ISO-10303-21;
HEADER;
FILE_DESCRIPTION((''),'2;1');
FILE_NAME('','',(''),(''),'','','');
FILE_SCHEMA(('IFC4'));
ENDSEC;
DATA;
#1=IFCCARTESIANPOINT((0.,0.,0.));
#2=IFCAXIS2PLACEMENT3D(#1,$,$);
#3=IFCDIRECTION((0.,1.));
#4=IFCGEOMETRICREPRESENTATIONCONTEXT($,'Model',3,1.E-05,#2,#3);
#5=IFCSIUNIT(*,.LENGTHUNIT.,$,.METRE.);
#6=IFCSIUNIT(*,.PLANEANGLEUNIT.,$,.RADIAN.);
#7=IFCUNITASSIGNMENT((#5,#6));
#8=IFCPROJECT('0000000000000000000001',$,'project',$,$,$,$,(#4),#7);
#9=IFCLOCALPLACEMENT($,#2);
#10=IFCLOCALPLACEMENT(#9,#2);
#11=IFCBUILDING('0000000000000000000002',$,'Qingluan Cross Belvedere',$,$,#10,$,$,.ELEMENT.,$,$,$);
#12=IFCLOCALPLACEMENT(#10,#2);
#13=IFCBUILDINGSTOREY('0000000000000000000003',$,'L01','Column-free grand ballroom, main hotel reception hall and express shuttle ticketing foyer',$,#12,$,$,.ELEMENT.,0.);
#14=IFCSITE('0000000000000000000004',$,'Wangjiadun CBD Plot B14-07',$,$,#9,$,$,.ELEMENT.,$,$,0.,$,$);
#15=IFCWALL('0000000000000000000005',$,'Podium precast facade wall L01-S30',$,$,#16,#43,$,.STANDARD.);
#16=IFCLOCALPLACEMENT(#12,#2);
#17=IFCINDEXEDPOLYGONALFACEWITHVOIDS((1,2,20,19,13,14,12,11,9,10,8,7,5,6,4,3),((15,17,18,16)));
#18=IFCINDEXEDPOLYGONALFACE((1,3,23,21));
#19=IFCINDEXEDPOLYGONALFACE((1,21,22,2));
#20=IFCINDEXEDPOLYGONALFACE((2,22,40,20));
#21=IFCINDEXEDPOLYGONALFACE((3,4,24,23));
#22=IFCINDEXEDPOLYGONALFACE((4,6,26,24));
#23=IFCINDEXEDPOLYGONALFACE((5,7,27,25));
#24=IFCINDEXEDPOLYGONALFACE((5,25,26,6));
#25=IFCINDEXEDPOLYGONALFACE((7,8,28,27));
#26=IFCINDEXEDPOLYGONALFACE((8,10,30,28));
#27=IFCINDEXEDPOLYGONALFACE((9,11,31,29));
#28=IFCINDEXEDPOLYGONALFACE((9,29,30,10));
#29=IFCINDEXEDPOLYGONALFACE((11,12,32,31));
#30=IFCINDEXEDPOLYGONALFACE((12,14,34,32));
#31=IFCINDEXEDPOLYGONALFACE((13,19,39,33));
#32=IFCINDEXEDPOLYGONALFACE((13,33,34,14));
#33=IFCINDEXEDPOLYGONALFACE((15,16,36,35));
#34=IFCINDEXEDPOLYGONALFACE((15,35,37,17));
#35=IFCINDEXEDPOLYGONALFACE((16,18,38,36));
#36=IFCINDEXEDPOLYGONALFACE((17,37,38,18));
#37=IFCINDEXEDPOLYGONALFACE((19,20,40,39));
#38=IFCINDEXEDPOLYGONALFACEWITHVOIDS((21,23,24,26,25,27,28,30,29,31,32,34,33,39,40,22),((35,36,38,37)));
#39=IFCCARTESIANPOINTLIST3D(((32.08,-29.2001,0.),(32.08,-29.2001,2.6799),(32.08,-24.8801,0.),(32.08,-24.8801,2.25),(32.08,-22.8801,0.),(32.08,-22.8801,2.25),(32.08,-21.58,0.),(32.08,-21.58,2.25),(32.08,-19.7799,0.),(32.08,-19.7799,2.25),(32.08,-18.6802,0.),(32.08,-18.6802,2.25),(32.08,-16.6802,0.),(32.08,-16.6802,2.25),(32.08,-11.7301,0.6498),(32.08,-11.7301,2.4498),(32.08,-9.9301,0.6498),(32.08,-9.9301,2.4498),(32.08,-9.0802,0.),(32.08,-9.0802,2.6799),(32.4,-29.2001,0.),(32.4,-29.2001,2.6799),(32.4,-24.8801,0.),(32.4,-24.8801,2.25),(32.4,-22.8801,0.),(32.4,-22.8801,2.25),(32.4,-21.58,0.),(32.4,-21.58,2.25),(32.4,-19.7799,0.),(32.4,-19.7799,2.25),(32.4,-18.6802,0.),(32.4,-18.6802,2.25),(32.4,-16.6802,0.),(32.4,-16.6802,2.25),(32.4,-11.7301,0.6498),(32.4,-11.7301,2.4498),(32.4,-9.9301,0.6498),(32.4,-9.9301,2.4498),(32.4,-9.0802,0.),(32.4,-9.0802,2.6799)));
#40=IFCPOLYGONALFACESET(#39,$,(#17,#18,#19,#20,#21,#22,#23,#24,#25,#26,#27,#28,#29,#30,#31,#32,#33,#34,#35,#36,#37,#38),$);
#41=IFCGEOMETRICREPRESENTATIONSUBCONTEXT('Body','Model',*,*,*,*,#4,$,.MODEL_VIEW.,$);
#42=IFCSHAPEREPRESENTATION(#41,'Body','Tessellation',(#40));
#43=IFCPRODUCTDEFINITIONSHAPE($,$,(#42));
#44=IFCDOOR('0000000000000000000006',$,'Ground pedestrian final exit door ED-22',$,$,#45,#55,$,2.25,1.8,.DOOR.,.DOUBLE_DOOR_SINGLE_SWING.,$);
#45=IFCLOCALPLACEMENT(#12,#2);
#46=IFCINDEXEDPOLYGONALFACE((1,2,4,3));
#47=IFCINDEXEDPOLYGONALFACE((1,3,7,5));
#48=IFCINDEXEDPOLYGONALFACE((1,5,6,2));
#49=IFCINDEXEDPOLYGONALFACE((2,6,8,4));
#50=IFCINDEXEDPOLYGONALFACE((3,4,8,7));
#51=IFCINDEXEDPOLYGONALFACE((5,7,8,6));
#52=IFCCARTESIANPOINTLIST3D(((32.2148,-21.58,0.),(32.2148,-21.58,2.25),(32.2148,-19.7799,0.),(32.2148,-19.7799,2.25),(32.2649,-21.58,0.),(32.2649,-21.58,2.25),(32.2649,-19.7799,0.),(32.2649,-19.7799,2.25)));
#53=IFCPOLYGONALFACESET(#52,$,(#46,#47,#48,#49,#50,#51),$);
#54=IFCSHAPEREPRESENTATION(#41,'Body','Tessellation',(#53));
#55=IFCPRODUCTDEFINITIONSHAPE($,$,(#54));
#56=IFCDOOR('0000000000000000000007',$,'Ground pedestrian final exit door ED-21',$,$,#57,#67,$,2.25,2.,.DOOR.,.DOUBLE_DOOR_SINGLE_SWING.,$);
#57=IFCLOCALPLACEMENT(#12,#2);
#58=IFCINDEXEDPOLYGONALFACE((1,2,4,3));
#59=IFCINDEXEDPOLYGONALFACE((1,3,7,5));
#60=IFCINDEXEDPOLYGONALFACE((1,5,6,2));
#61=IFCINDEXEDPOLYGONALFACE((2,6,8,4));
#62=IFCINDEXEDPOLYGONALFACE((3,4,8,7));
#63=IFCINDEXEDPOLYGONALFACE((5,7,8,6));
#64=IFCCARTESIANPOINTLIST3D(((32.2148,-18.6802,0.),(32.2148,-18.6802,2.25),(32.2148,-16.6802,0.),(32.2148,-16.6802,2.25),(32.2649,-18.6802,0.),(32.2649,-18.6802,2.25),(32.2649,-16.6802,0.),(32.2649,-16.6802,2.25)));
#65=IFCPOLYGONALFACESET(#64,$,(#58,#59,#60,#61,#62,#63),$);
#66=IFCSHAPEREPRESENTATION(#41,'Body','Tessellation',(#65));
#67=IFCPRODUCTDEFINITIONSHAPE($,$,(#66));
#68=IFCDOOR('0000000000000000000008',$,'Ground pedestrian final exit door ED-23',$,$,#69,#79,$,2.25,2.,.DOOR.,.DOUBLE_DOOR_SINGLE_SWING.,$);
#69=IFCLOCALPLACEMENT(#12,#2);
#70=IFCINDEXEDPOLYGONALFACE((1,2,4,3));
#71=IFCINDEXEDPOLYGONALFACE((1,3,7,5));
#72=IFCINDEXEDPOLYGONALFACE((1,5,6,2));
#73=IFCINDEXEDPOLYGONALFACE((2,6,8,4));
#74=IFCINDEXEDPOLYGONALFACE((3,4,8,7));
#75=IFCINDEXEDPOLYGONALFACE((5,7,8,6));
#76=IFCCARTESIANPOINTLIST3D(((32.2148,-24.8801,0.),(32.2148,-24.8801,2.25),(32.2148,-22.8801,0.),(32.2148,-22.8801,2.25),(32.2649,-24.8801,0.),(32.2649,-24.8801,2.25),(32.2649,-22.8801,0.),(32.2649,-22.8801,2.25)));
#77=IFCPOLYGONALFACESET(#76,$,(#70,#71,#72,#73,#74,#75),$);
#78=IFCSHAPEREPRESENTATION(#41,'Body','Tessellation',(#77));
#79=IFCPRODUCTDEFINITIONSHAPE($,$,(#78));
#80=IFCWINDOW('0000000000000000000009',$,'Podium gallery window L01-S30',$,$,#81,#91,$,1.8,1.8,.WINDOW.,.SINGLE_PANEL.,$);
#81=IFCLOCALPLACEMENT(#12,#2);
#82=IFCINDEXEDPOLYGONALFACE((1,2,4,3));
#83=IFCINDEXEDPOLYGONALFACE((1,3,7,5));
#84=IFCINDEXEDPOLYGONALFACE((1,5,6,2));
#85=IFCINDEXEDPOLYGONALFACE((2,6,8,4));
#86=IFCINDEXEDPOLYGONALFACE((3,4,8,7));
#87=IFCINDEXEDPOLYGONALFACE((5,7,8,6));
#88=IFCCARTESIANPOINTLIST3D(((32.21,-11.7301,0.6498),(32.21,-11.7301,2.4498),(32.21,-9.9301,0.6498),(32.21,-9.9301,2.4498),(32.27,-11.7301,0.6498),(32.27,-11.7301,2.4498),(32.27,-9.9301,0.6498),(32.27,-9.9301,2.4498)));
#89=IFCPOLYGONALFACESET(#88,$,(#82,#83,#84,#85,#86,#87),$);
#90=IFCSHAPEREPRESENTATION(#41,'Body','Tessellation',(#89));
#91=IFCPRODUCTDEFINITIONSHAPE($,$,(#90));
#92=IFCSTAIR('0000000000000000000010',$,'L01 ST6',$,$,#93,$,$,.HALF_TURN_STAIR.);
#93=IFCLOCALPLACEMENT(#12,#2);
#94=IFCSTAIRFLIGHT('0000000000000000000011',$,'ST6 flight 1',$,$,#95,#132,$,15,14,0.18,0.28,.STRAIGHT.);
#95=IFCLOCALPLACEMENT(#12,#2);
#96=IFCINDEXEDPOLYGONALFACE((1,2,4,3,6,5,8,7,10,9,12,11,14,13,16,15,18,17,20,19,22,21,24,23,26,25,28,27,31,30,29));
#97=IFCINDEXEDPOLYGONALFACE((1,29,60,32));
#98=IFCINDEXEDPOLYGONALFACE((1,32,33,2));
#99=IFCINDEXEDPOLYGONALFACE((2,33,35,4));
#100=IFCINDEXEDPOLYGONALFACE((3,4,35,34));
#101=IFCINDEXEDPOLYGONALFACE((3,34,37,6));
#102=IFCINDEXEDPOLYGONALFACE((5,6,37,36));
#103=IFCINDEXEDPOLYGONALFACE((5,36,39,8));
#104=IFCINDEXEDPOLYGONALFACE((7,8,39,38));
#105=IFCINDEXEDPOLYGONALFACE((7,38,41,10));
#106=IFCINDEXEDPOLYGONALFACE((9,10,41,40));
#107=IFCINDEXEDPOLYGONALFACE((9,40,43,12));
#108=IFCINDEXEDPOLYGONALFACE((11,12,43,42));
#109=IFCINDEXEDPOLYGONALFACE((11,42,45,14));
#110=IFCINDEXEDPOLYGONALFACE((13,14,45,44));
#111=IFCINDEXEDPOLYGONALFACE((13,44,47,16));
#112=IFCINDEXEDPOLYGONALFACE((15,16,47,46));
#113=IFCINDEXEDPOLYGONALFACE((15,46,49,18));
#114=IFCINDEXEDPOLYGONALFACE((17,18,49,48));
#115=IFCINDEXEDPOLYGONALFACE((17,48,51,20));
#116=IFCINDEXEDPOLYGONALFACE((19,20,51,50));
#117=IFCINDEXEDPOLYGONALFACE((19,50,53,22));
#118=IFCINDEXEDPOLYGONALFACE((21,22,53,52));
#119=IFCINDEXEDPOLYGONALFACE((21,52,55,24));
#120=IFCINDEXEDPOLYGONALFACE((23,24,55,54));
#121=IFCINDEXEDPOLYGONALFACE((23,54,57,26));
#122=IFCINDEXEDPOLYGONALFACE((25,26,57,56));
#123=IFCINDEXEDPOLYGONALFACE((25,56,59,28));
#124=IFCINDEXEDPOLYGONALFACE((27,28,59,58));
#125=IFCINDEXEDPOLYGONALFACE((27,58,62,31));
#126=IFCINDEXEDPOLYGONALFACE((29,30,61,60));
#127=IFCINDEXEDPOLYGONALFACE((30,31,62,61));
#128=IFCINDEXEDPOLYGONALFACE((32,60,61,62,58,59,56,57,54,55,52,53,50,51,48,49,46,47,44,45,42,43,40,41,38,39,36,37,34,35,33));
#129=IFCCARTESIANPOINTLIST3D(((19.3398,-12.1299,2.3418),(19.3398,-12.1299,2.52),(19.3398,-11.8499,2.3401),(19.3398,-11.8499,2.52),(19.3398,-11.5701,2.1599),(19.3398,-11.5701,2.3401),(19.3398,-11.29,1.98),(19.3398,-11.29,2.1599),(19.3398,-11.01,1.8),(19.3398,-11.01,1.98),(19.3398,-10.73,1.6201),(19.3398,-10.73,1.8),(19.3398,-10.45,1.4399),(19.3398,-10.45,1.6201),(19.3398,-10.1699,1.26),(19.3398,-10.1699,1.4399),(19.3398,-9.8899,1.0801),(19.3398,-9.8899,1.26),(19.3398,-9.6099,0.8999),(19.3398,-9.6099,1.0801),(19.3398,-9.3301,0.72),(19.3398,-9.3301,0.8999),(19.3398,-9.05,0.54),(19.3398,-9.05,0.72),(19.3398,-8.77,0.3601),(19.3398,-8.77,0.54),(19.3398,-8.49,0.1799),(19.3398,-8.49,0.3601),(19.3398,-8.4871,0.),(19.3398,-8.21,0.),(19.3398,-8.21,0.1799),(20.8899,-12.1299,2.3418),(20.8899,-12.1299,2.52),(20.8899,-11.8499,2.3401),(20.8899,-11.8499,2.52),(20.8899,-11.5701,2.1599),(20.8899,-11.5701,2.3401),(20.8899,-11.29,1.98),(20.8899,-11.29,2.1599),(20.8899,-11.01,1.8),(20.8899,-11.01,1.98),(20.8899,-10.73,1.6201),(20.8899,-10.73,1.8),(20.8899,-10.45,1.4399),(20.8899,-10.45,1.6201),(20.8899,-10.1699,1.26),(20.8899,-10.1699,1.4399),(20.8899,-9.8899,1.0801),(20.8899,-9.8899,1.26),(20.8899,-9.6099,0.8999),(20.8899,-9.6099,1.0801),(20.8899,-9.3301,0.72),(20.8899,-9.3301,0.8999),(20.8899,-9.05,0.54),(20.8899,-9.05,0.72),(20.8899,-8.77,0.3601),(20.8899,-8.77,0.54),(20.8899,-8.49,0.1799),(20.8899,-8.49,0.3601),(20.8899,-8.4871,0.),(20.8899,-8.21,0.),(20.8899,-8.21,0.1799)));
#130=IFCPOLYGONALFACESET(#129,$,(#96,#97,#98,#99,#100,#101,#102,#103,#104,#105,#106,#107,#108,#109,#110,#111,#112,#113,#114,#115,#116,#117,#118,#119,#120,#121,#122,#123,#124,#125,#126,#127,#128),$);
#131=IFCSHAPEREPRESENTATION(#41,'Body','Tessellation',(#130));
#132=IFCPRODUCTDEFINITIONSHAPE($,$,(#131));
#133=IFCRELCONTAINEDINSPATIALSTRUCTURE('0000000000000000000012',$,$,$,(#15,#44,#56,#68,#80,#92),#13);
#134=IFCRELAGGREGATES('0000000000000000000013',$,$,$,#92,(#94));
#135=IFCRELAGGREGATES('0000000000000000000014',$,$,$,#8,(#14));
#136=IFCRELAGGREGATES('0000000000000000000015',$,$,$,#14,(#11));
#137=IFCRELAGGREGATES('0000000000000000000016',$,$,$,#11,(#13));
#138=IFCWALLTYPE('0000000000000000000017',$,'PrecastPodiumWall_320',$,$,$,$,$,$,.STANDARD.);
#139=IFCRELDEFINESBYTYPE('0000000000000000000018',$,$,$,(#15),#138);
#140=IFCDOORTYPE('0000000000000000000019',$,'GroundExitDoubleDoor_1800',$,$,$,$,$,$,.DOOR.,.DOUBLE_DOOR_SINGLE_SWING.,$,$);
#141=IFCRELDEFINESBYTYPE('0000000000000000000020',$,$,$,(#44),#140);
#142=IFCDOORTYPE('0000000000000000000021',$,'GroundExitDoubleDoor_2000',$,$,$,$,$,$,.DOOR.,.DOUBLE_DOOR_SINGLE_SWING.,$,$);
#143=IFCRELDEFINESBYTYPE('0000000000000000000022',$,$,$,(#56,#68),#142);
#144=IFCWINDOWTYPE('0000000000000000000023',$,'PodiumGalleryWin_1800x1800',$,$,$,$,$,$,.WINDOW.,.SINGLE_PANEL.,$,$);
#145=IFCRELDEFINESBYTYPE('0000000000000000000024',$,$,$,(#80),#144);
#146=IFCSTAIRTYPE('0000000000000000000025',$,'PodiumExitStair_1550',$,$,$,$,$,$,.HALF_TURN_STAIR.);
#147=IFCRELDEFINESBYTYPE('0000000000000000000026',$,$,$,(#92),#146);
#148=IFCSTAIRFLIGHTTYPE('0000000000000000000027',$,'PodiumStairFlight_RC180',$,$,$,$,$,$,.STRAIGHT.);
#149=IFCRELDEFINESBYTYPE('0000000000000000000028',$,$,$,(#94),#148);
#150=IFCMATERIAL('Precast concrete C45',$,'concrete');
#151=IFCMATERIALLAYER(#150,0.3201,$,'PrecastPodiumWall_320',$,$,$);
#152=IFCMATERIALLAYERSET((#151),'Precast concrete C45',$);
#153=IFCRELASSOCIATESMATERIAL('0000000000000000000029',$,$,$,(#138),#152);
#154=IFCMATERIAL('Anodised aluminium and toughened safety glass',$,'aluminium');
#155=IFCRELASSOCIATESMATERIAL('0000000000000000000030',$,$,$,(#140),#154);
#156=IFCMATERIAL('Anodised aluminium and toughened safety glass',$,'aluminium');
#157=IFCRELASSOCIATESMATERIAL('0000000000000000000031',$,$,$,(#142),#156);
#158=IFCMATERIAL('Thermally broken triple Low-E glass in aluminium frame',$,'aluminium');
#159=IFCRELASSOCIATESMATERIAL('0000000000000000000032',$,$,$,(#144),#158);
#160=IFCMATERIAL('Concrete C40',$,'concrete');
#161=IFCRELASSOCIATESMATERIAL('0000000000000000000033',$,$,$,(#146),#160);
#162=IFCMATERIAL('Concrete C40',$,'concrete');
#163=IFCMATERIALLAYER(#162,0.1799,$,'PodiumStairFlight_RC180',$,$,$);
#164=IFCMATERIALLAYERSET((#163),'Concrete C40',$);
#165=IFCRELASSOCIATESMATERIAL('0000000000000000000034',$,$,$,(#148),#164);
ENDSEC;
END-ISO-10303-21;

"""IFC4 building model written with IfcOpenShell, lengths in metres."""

from ifc_helpers import new_model, si_unit, direction, frame, frame_2d, origin, place, context, subcontext, project, spatial, polyline, rectangle, outline, extrude, material, layer, layer_set, type_object, element, fill, aggregate, save


model = new_model("IFC4")

# Units and contexts
model_context = context("Model", 3, precision=1e-05, world=origin(), true_north=direction((0.0, 1.0)))
body_context = subcontext(model_context, "Body", "Model", "MODEL_VIEW")
ifc_project = project(units=[si_unit("LENGTHUNIT", "METRE"), si_unit("PLANEANGLEUNIT", "RADIAN")], contexts=[model_context])

# Site, building, storey
site_placement = place(None, origin())
site = spatial("IfcSite", under=ifc_project, at=site_placement, Name="Wangjiadun CBD Plot B14-07", CompositionType="ELEMENT", RefElevation=0.0)
building_placement = place(site_placement, origin())
building = spatial("IfcBuilding", under=site, at=building_placement, Name="Qingluan Cross Belvedere", CompositionType="ELEMENT")
storey_placement = place(building_placement, origin())
storey = spatial("IfcBuildingStorey", under=building, at=storey_placement, Name="L01", Description="Column-free grand ballroom, main hotel reception hall and express shuttle ticketing foyer", CompositionType="ELEMENT", Elevation=0.0)

# Wall, openings, doors, window
ifc_material_1 = material(Name="Precast concrete C45", Category="concrete")
ifc_layer_1 = layer(ifc_material_1, 0.3201, Name="PrecastPodiumWall_320")
ifc_layer_set_1 = layer_set([ifc_layer_1], Name="Precast concrete C45")
wall_type_1 = type_object("IfcWallType", Name="PrecastPodiumWall_320", PredefinedType="STANDARD", material=ifc_layer_set_1)
wall_1_placement = place(storey_placement, frame((32.24, -9.0801, 0.0), z_axis=(0.0, 0.0, 1.0), x_axis=(0.0, -1.0, 0.0)))
wall_1 = element("IfcWall", 1, at=wall_1_placement, inside=storey, type_object=wall_type_1, Name="Podium precast facade wall L01-S30", PredefinedType="STANDARD", context=body_context, shape_type="SweptSolid", body=[
    extrude(rectangle(XDim=20.1199, YDim=0.3201, at=frame_2d((10.0601, 0.0))), origin(), (0.0, 0.0, 1.0), 2.6799),
])
opening_1_placement = place(wall_1_placement, frame((7.6001, 0.0, 0.0)))
opening_1 = element("IfcOpeningElement", 2, at=opening_1_placement, cuts=wall_1, PredefinedType="OPENING", context=body_context, shape_type="SweptSolid", body=[
    extrude(rectangle(XDim=2.0, YDim=2.25, at=frame_2d((1.0, 1.125))), frame((0.0, 0.1699, 0.0), z_axis=(0.0, -1.0, 0.0), x_axis=(1.0, 0.0, 0.0)), (0.0, 0.0, 1.0), 0.3401),
])
opening_2_placement = place(wall_1_placement, frame((10.7, 0.0, 0.0)))
opening_2 = element("IfcOpeningElement", 3, at=opening_2_placement, cuts=wall_1, PredefinedType="OPENING", context=body_context, shape_type="SweptSolid", body=[
    extrude(rectangle(XDim=1.8, YDim=2.25, at=frame_2d((0.8999, 1.125))), frame((0.0, 0.1699, 0.0), z_axis=(0.0, -1.0, 0.0), x_axis=(1.0, 0.0, 0.0)), (0.0, 0.0, 1.0), 0.3401),
])
opening_3_placement = place(wall_1_placement, frame((13.8, 0.0, 0.0)))
opening_3 = element("IfcOpeningElement", 4, at=opening_3_placement, cuts=wall_1, PredefinedType="OPENING", context=body_context, shape_type="SweptSolid", body=[
    extrude(rectangle(XDim=2.0, YDim=2.25, at=frame_2d((1.0, 1.125))), frame((0.0, 0.1699, 0.0), z_axis=(0.0, -1.0, 0.0), x_axis=(1.0, 0.0, 0.0)), (0.0, 0.0, 1.0), 0.3401),
])
opening_4_placement = place(wall_1_placement, frame((0.8501, 0.0, 0.6499)))
opening_4 = element("IfcOpeningElement", 5, at=opening_4_placement, cuts=wall_1, PredefinedType="OPENING", context=body_context, shape_type="SweptSolid", body=[
    extrude(rectangle(XDim=1.8, YDim=1.8, at=frame_2d((0.8999, 0.8999))), frame((0.0, 0.1699, 0.0), z_axis=(0.0, -1.0, 0.0), x_axis=(1.0, 0.0, 0.0)), (0.0, 0.0, 1.0), 0.3401),
])
ifc_material_2 = material(Name="Anodised aluminium and toughened safety glass", Category="aluminium")
door_type_1 = type_object("IfcDoorType", Name="GroundExitDoubleDoor_1800", OperationType="DOUBLE_DOOR_SINGLE_SWING", PredefinedType="DOOR", material=ifc_material_2)
door_1_placement = place(opening_2_placement, origin())
door_1 = element("IfcDoor", 6, at=door_1_placement, inside=storey, type_object=door_type_1, Name="Ground pedestrian final exit door ED-22", OperationType="DOUBLE_DOOR_SINGLE_SWING", OverallHeight=2.25, OverallWidth=1.8, PredefinedType="DOOR", context=body_context, shape_type="SweptSolid", body=[
    extrude(rectangle(XDim=1.8, YDim=2.25, at=frame_2d((0.8999, 1.125))), frame((0.0, 0.0249, 0.0), z_axis=(0.0, -1.0, 0.0), x_axis=(1.0, 0.0, 0.0)), (0.0, 0.0, 1.0), 0.05),
])
fill(opening_2, door_1)
ifc_material_3 = material(Name="Anodised aluminium and toughened safety glass", Category="aluminium")
door_type_2 = type_object("IfcDoorType", Name="GroundExitDoubleDoor_2000", OperationType="DOUBLE_DOOR_SINGLE_SWING", PredefinedType="DOOR", material=ifc_material_3)
door_2_placement = place(opening_1_placement, origin())
door_2 = element("IfcDoor", 7, at=door_2_placement, inside=storey, type_object=door_type_2, Name="Ground pedestrian final exit door ED-21", OperationType="DOUBLE_DOOR_SINGLE_SWING", OverallHeight=2.25, OverallWidth=2.0, PredefinedType="DOOR", context=body_context, shape_type="SweptSolid", body=[
    extrude(rectangle(XDim=2.0, YDim=2.25, at=frame_2d((1.0, 1.125))), frame((0.0, 0.0249, 0.0), z_axis=(0.0, -1.0, 0.0), x_axis=(1.0, 0.0, 0.0)), (0.0, 0.0, 1.0), 0.05),
])
fill(opening_1, door_2)
door_3_placement = place(opening_3_placement, origin())
door_3 = element("IfcDoor", 8, at=door_3_placement, inside=storey, type_object=door_type_2, Name="Ground pedestrian final exit door ED-23", OperationType="DOUBLE_DOOR_SINGLE_SWING", OverallHeight=2.25, OverallWidth=2.0, PredefinedType="DOOR", context=body_context, shape_type="SweptSolid", body=[
    extrude(rectangle(XDim=2.0, YDim=2.25, at=frame_2d((1.0, 1.125))), frame((0.0, 0.0249, 0.0), z_axis=(0.0, -1.0, 0.0), x_axis=(1.0, 0.0, 0.0)), (0.0, 0.0, 1.0), 0.05),
])
fill(opening_3, door_3)
ifc_material_4 = material(Name="Thermally broken triple Low-E glass in aluminium frame", Category="aluminium")
window_type = type_object("IfcWindowType", Name="PodiumGalleryWin_1800x1800", PartitioningType="SINGLE_PANEL", PredefinedType="WINDOW", material=ifc_material_4)
window_placement = place(opening_4_placement, origin())
window = element("IfcWindow", 9, at=window_placement, inside=storey, type_object=window_type, Name="Podium gallery window L01-S30", OverallHeight=1.8, OverallWidth=1.8, PartitioningType="SINGLE_PANEL", PredefinedType="WINDOW", context=body_context, shape_type="SweptSolid", body=[
    extrude(rectangle(XDim=1.8, YDim=1.8, at=frame_2d((0.8999, 0.8999))), frame((0.0, 0.03, 0.0), z_axis=(0.0, -1.0, 0.0), x_axis=(1.0, 0.0, 0.0)), (0.0, 0.0, 1.0), 0.0601),
])
fill(opening_4, window)

# Stair, stair flight
ifc_material_5 = material(Name="Concrete C40", Category="concrete")
stair_type = type_object("IfcStairType", Name="PodiumExitStair_1550", PredefinedType="HALF_TURN_STAIR", material=ifc_material_5)
stair_placement = place(storey_placement, origin())
stair = element("IfcStair", 10, at=stair_placement, inside=storey, type_object=stair_type, Name="L01 ST6", PredefinedType="HALF_TURN_STAIR")
ifc_material_6 = material(Name="Concrete C40", Category="concrete")
ifc_layer_2 = layer(ifc_material_6, 0.1799, Name="PodiumStairFlight_RC180")
ifc_layer_set_2 = layer_set([ifc_layer_2], Name="Concrete C40")
stair_flight_type = type_object("IfcStairFlightType", Name="PodiumStairFlight_RC180", PredefinedType="STRAIGHT", material=ifc_layer_set_2)
stair_flight_placement = place(storey_placement, frame((20.115, -8.21, 0.0), z_axis=(0.0, 0.0, 1.0), x_axis=(0.0, -1.0, 0.0)))
stair_flight = element("IfcStairFlight", 11, at=stair_flight_placement, type_object=stair_flight_type, Name="ST6 flight 1", NumberOfRisers=15, NumberOfTreads=14, PredefinedType="STRAIGHT", RiserHeight=0.18, TreadLength=0.28, context=body_context, shape_type="SweptSolid", body=[
    extrude(outline(polyline([(0.0, 0.0), (0.0, 0.1799), (0.28, 0.1799), (0.28, 0.3601), (0.5601, 0.3601), (0.5601, 0.54), (0.8401, 0.54), (0.8401, 0.72), (1.1201, 0.72), (1.1201, 0.8999), (1.3999, 0.8999), (1.3999, 1.0801), (1.6799, 1.0801), (1.6799, 1.26), (1.96, 1.26), (1.96, 1.4399), (2.24, 1.4399), (2.24, 1.6201), (2.52, 1.6201), (2.52, 1.8), (2.8, 1.8), (2.8, 1.98), (3.0801, 1.98), (3.0801, 2.1599), (3.3601, 2.1599), (3.3601, 2.3401), (3.6399, 2.3401), (3.6399, 2.52), (3.9199, 2.52), (3.9199, 2.7), (3.9199, 2.3418), (0.2771, 0.0), (0.0, 0.0)])), frame((0.0, 0.7749, 0.0), z_axis=(0.0, -1.0, 0.0), x_axis=(1.0, 0.0, 0.0)), (0.0, 0.0, 1.0), 1.55),
])
aggregate(stair, [stair_flight])

save(model, "model.ifc")
